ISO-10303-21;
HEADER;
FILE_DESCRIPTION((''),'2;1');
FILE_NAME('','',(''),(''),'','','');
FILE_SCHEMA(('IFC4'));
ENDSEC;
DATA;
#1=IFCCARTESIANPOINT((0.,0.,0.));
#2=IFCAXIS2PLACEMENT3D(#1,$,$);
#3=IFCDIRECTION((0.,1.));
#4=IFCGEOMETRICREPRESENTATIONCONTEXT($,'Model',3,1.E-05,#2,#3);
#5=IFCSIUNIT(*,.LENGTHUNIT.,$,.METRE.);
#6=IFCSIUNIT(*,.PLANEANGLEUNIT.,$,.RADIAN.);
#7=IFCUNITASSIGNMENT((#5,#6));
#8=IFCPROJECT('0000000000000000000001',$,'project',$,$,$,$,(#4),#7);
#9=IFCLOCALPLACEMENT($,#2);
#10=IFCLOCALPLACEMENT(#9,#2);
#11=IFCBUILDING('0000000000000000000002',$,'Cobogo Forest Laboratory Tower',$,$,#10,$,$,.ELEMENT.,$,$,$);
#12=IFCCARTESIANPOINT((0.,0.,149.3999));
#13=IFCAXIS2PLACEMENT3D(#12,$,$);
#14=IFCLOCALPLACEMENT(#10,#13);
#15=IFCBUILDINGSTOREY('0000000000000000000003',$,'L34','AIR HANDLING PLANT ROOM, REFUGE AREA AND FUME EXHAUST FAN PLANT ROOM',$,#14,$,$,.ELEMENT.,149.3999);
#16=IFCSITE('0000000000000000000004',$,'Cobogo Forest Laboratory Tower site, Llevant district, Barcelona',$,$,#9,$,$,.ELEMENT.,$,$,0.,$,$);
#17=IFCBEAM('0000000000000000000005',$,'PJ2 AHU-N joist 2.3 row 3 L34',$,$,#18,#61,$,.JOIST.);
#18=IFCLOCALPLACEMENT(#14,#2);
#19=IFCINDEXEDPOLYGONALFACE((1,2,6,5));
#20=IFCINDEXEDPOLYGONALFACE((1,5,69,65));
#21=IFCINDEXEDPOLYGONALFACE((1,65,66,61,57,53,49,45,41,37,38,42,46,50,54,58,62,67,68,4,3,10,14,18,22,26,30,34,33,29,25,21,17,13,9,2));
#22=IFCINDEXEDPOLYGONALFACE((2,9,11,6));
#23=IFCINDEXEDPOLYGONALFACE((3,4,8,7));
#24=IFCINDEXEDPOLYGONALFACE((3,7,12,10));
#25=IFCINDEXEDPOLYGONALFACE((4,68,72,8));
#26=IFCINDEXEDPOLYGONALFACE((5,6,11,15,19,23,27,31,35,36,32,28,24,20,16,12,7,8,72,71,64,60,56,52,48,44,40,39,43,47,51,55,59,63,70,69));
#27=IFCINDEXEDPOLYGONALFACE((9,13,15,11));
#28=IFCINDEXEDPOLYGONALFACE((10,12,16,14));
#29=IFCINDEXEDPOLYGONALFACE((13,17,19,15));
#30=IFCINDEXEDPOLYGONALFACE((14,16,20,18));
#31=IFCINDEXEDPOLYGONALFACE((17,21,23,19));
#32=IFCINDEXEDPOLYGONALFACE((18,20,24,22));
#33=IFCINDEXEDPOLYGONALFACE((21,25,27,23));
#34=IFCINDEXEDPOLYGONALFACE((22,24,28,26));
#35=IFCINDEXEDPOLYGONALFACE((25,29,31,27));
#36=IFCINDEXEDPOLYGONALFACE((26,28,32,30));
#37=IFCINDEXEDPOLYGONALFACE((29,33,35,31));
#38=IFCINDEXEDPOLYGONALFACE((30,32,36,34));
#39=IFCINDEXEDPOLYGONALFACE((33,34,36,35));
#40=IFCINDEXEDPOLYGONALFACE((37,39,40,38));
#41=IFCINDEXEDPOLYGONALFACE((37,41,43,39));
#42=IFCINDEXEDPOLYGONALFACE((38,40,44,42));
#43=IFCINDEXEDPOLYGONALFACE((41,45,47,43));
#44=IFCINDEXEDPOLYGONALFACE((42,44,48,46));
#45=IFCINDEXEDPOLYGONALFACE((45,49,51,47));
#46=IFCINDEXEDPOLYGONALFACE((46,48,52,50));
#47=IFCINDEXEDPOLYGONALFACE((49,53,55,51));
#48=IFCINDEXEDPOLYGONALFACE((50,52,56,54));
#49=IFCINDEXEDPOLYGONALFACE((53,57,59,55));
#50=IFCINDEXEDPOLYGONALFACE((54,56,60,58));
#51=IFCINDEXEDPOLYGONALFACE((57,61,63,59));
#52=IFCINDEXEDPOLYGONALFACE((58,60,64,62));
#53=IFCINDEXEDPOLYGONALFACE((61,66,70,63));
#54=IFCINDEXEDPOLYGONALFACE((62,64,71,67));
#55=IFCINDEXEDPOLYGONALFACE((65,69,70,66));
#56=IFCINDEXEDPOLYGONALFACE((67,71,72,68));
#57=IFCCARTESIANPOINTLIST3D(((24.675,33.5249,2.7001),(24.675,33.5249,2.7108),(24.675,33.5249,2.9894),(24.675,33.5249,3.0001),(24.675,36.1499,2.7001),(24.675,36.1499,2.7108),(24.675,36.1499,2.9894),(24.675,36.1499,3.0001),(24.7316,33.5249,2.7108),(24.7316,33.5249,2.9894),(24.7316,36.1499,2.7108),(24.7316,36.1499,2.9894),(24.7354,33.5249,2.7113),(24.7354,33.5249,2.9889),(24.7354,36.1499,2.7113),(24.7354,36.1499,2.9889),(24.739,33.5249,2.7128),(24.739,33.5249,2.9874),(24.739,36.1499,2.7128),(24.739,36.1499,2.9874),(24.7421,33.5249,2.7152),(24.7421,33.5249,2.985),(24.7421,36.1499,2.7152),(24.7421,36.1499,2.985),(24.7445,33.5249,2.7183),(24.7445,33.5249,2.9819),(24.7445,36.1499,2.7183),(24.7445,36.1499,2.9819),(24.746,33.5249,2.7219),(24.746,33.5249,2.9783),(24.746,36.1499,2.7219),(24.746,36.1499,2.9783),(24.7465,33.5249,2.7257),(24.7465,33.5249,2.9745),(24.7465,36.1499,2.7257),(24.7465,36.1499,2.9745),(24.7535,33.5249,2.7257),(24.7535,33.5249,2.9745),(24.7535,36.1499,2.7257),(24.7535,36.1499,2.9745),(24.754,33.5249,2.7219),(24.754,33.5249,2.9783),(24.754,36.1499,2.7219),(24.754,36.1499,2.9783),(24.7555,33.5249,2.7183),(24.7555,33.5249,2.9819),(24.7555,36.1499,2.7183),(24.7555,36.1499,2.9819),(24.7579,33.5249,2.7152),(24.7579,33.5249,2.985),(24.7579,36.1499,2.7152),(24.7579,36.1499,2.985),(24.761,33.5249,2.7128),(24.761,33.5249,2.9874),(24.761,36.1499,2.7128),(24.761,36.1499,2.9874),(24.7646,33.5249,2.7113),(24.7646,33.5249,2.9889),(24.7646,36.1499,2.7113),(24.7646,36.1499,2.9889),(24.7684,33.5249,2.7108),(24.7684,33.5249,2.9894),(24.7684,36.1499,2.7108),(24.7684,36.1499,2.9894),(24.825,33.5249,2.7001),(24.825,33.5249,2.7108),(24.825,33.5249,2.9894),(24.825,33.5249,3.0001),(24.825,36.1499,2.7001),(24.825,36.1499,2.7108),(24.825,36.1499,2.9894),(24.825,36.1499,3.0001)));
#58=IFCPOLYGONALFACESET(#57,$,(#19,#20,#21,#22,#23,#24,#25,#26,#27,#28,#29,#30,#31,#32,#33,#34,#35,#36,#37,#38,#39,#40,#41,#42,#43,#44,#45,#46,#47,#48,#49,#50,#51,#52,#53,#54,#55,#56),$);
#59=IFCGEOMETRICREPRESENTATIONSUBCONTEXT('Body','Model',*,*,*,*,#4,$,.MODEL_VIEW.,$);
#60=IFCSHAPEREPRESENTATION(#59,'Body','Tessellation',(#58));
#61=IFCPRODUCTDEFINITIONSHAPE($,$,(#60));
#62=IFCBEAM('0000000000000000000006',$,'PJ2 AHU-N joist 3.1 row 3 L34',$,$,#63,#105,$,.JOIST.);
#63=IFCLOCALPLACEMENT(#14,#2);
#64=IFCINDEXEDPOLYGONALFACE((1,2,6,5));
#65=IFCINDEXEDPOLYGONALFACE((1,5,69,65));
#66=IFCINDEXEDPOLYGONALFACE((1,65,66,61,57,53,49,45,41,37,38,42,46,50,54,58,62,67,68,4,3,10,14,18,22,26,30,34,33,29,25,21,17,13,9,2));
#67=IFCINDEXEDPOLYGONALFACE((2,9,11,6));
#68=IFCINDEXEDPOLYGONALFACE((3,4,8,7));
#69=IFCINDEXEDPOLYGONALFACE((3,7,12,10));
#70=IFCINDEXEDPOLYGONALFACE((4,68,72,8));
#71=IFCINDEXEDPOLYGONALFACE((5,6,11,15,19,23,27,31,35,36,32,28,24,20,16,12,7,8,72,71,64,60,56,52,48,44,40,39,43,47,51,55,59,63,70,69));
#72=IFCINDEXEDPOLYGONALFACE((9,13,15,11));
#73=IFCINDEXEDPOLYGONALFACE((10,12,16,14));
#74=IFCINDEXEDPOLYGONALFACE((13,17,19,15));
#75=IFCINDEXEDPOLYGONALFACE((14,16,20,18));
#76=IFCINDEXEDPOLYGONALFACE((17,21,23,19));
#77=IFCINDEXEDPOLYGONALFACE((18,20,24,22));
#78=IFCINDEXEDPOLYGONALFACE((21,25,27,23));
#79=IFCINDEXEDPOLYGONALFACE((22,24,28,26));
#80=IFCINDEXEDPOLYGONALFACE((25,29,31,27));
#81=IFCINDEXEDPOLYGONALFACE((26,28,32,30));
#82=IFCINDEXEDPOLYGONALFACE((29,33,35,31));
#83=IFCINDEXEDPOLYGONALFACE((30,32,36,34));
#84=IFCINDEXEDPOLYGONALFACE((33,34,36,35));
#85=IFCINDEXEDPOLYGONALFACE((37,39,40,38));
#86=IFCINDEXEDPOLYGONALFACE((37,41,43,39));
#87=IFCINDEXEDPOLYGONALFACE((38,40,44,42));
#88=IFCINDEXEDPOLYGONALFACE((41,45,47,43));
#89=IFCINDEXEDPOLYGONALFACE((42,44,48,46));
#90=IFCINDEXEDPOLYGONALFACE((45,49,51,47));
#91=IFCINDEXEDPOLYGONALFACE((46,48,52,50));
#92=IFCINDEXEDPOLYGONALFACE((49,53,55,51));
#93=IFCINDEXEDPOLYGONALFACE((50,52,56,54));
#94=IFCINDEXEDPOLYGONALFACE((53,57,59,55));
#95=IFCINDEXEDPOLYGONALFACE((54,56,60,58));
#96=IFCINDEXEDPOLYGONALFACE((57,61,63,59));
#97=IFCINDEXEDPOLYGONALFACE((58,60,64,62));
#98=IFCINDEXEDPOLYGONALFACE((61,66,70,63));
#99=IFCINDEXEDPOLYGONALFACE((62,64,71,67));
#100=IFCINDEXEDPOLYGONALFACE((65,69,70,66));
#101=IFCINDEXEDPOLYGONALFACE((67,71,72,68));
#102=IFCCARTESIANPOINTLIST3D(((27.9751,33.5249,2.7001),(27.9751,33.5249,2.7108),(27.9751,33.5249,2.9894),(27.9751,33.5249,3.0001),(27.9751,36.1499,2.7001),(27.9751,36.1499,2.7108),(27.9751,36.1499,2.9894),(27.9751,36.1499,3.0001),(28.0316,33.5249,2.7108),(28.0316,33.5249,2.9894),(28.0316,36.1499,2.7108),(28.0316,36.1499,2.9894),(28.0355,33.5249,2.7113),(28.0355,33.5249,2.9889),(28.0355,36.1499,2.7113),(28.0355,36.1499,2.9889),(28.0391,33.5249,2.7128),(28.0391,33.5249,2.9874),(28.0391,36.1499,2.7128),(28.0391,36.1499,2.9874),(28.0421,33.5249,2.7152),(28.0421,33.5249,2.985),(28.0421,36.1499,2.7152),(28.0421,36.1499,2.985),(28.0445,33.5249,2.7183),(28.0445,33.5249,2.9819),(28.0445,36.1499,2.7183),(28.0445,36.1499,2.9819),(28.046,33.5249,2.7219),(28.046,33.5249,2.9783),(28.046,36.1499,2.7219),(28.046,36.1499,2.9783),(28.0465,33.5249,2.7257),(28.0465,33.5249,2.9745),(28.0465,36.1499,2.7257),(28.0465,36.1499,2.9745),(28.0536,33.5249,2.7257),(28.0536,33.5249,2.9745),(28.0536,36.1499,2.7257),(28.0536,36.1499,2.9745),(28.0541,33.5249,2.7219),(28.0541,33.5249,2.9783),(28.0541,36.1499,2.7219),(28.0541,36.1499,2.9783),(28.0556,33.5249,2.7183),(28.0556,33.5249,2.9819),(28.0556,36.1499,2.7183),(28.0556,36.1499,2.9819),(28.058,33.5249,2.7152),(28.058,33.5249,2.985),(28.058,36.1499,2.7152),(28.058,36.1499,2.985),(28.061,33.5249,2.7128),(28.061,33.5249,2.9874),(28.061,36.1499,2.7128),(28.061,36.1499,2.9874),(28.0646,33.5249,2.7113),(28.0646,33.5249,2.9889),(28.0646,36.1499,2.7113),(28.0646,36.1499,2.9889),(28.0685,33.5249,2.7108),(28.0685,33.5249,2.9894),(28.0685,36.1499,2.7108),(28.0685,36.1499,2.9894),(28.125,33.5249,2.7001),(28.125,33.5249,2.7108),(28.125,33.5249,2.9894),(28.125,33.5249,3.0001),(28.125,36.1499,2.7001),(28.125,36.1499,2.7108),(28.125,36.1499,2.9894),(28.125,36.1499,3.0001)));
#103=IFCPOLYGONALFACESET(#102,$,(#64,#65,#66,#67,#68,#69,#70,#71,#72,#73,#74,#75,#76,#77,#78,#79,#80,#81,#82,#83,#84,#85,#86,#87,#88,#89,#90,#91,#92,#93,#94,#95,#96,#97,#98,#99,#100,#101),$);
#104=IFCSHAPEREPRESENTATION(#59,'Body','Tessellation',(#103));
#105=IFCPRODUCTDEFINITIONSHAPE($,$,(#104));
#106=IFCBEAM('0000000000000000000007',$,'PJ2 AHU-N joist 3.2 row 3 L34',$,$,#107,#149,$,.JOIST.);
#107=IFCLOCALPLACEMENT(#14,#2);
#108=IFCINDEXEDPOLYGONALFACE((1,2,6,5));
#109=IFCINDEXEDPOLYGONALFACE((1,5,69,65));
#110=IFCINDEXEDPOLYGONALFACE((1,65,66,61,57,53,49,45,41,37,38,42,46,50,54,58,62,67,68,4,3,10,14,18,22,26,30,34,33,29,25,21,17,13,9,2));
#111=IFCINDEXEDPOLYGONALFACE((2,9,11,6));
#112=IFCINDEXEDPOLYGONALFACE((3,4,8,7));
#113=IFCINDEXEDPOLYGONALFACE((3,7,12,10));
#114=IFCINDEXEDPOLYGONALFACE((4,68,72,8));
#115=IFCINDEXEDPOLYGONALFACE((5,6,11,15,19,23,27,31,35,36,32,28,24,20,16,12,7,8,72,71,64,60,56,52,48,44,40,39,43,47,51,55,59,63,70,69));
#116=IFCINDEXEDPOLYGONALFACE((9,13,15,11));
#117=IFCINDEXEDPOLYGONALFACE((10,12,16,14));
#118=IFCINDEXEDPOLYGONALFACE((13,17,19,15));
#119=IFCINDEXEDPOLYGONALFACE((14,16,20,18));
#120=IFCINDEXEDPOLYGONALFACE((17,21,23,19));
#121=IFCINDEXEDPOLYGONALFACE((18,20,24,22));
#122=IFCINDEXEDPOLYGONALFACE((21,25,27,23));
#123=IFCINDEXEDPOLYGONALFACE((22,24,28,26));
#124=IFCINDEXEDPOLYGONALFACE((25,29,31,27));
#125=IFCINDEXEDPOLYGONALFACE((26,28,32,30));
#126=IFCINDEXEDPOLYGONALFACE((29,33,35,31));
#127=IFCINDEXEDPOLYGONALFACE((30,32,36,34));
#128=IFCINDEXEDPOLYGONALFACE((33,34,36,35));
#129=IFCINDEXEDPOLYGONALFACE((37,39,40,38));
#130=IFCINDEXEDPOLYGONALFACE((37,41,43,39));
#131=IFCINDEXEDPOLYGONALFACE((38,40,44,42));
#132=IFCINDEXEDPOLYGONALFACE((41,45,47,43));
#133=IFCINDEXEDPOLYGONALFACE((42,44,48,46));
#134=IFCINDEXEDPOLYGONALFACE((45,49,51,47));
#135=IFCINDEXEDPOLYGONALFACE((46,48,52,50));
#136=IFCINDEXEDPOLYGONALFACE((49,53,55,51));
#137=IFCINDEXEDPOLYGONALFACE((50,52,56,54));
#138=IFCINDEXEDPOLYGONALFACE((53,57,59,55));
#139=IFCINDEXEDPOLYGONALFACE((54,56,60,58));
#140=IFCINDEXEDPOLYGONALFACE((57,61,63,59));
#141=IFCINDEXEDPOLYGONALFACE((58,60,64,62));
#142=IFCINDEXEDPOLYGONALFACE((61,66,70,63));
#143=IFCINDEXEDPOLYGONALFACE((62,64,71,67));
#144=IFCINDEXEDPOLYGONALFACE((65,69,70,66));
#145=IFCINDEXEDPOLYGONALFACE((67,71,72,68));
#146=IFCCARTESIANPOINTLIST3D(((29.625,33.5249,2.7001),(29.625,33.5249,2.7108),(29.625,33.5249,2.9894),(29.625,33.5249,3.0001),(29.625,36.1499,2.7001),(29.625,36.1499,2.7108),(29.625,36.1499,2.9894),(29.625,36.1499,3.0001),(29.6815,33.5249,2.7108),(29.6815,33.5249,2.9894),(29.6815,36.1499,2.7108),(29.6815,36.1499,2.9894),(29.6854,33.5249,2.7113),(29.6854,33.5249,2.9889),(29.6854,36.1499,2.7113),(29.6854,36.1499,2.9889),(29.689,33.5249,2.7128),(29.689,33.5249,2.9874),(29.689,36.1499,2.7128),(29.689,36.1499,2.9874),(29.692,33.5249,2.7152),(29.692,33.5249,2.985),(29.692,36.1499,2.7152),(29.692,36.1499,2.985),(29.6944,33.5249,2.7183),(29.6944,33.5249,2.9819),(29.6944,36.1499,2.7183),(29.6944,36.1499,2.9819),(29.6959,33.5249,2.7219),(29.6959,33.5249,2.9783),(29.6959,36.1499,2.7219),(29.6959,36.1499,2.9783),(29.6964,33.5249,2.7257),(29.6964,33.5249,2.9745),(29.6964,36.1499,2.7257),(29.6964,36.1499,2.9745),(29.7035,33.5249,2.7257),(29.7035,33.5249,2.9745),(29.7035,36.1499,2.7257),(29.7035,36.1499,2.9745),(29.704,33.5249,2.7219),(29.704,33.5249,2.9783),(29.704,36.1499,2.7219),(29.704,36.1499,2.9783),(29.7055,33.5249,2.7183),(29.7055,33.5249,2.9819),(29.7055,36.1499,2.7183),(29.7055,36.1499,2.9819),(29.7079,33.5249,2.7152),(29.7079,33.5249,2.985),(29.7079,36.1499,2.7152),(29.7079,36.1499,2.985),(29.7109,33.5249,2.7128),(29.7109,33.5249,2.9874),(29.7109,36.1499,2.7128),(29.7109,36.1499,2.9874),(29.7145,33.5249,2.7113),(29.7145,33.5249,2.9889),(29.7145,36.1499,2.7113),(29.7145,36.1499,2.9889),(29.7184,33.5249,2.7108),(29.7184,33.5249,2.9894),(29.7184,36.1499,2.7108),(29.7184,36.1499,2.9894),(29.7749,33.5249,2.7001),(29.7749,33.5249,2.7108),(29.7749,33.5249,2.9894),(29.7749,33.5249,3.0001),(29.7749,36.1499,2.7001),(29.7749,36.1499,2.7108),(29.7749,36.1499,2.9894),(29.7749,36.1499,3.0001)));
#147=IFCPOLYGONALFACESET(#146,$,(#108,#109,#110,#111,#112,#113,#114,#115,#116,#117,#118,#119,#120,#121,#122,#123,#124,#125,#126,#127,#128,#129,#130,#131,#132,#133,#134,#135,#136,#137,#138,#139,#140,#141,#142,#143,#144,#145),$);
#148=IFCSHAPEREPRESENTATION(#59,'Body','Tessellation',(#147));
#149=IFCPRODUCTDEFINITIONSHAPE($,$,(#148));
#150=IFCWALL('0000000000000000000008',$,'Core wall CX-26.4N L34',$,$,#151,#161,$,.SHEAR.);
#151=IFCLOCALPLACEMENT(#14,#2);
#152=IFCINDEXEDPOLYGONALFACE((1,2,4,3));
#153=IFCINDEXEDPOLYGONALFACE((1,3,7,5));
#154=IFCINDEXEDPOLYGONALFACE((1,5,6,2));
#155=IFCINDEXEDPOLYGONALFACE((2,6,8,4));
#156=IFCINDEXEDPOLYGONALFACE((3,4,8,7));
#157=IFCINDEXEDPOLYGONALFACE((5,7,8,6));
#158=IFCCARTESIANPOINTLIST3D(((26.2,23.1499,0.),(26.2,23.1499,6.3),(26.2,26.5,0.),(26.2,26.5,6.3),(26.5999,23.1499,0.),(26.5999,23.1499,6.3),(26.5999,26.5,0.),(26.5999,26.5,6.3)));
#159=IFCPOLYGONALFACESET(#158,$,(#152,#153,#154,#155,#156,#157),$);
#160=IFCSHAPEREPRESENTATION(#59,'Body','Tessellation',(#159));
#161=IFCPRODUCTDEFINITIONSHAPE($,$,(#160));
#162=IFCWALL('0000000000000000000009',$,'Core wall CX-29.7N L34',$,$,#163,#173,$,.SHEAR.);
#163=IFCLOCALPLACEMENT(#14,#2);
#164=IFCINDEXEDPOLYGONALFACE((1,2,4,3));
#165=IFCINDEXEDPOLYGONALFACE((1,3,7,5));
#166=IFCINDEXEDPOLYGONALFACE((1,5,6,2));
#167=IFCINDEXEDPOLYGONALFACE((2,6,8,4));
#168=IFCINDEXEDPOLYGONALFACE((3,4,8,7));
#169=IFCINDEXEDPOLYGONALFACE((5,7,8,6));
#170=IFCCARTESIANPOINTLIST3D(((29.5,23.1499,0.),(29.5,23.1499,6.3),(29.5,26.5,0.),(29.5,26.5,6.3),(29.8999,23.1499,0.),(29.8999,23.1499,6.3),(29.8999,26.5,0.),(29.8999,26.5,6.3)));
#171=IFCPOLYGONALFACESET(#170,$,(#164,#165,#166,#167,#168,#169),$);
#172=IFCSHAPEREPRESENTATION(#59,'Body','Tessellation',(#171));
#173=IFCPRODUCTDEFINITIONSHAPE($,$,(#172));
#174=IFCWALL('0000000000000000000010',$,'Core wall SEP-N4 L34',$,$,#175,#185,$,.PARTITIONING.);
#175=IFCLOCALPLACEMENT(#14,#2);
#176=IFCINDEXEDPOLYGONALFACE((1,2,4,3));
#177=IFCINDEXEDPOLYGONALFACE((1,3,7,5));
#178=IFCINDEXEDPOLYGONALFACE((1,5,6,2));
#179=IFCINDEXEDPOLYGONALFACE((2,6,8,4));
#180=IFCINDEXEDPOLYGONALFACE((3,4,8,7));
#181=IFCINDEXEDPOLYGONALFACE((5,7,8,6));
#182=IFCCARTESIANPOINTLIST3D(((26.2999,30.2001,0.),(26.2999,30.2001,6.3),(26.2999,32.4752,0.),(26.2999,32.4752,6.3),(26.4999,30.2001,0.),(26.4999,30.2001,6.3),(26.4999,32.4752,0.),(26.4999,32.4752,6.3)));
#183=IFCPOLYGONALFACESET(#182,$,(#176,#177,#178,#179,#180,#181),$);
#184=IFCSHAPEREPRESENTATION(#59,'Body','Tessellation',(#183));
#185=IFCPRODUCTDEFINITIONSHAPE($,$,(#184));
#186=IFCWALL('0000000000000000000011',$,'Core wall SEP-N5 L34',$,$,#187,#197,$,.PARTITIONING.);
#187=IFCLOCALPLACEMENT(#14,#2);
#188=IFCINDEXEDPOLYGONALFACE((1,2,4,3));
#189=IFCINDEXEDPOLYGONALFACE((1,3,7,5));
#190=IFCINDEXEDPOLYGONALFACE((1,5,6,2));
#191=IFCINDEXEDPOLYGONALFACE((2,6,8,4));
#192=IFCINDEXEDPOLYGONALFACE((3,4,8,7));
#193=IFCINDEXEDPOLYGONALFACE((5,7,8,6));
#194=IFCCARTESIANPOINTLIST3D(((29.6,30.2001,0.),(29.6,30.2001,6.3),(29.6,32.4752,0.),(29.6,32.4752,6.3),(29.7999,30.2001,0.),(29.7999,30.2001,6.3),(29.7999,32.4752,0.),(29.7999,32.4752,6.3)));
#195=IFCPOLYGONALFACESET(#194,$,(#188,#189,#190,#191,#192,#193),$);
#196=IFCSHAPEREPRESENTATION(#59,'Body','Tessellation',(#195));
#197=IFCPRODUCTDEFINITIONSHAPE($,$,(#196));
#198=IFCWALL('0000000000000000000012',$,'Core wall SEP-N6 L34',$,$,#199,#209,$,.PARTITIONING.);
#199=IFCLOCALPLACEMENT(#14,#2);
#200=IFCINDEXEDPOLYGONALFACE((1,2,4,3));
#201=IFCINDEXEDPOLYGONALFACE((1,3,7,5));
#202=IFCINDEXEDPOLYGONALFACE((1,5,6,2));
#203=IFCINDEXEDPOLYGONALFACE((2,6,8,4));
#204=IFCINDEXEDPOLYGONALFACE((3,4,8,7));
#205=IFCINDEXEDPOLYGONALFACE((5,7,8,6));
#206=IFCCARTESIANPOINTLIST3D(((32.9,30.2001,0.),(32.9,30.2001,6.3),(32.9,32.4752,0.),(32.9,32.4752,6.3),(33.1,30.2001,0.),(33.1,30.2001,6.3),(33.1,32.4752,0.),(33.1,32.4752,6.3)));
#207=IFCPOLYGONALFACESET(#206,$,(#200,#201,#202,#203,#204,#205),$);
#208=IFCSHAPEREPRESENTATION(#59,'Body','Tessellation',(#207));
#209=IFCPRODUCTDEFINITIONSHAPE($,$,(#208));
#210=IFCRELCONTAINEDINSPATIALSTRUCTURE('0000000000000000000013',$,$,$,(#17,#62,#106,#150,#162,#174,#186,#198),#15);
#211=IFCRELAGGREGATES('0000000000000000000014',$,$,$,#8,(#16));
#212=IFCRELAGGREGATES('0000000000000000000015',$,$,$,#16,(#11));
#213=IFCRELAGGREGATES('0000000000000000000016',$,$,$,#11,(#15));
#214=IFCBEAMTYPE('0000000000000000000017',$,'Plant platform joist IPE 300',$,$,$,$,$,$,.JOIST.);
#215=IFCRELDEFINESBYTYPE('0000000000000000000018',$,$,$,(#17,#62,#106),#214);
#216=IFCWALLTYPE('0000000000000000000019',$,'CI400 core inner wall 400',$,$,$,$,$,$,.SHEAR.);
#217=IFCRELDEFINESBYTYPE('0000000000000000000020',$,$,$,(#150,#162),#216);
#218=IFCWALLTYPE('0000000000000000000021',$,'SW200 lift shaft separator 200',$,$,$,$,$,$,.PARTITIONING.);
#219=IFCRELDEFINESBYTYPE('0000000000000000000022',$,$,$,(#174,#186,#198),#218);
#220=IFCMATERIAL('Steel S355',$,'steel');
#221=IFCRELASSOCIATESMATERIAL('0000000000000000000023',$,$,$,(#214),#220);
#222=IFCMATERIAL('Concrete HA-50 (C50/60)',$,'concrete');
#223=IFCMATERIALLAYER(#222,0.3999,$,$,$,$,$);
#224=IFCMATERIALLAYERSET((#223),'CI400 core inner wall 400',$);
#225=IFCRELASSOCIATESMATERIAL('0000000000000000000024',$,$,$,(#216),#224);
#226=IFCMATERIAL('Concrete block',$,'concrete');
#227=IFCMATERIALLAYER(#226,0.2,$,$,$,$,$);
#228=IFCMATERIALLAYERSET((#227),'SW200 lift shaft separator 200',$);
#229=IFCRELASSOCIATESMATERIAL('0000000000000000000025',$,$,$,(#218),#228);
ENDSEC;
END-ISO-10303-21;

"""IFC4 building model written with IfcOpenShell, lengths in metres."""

from ifc_helpers import new_model, si_unit, direction, frame, frame_2d, origin, origin_2d, place, context, subcontext, project, spatial, rectangle, i_section, extrude, material, layer, layer_set, material_profile, profile_set, type_object, element, save


model = new_model("IFC4")

# Units and contexts
model_context = context("Model", 3, precision=1e-05, world=origin(), true_north=direction((0.0, 1.0)))
body_context = subcontext(model_context, "Body", "Model", "MODEL_VIEW")
ifc_project = project(units=[si_unit("LENGTHUNIT", "METRE"), si_unit("PLANEANGLEUNIT", "RADIAN")], contexts=[model_context])

# Site, building, storey
site_placement = place(None, origin())
site = spatial("IfcSite", under=ifc_project, at=site_placement, Name="Cobogo Forest Laboratory Tower site, Llevant district, Barcelona", CompositionType="ELEMENT", RefElevation=0.0)
building_placement = place(site_placement, origin())
building = spatial("IfcBuilding", under=site, at=building_placement, Name="Cobogo Forest Laboratory Tower", CompositionType="ELEMENT")
storey_placement = place(building_placement, frame((0.0, 0.0, 149.3999)))
storey = spatial("IfcBuildingStorey", under=building, at=storey_placement, Name="L34", Description="AIR HANDLING PLANT ROOM, REFUGE AREA AND FUME EXHAUST FAN PLANT ROOM", CompositionType="ELEMENT", Elevation=149.3999)

# Shared definitions
ifc_material_1 = material(Name="Steel S355", Category="steel")

# Beams
ifc_material_profile_1 = material_profile(ifc_material_1, i_section(OverallWidth=0.1499, OverallDepth=0.3, WebThickness=0.0071, FlangeThickness=0.0107, FilletRadius=0.0149, at=origin_2d()), Name="IPE 300")
ifc_profile_set_1 = profile_set([ifc_material_profile_1], Name="Steel S355")
beam_type_1 = type_object("IfcBeamType", Name="Plant platform joist IPE 300", PredefinedType="JOIST", material=ifc_profile_set_1)
for number, where, z_axis, x_axis, name in (
    (1, (24.75, 36.1499, 2.8501), (0.0, -1.0, 0.0), (1.0, 0.0, 0.0), "PJ2 AHU-N joist 2.3 row 3 L34"),
    (2, (28.05, 36.1499, 2.8501), (0.0, -1.0, 0.0), (1.0, 0.0, 0.0), "PJ2 AHU-N joist 3.1 row 3 L34"),
    (3, (29.7, 36.1499, 2.8501), (0.0, -1.0, 0.0), (1.0, 0.0, 0.0), "PJ2 AHU-N joist 3.2 row 3 L34"),
):
    element("IfcBeam", number, at=place(storey_placement, frame(where, z_axis=z_axis, x_axis=x_axis)), inside=storey, type_object=beam_type_1, Name=name, PredefinedType="JOIST", context=body_context, shape_type="SweptSolid", body=[
        extrude(i_section(OverallWidth=0.1499, OverallDepth=0.3, WebThickness=0.0071, FlangeThickness=0.0107, FilletRadius=0.0149, at=origin_2d()), origin(), (0.0, 0.0, 1.0), 2.625),
    ])

# Walls
ifc_material_2 = material(Name="Concrete HA-50 (C50/60)", Category="concrete")
ifc_layer_1 = layer(ifc_material_2, 0.3999)
ifc_layer_set_1 = layer_set([ifc_layer_1], Name="CI400 core inner wall 400")
wall_type_1 = type_object("IfcWallType", Name="CI400 core inner wall 400", PredefinedType="SHEAR", material=ifc_layer_set_1)
for number, where, z_axis, x_axis, name in (
    (4, (26.3999, 23.1499, 0.0), (0.0, 0.0, 1.0), (0.0, 1.0, 0.0), "Core wall CX-26.4N L34"),
    (5, (29.7, 23.1499, 0.0), (0.0, 0.0, 1.0), (0.0, 1.0, 0.0), "Core wall CX-29.7N L34"),
):
    element("IfcWall", number, at=place(storey_placement, frame(where, z_axis=z_axis, x_axis=x_axis)), inside=storey, type_object=wall_type_1, Name=name, PredefinedType="SHEAR", context=body_context, shape_type="SweptSolid", body=[
        extrude(rectangle(XDim=3.3501, YDim=0.3999, at=frame_2d((1.675, 0.0))), origin(), (0.0, 0.0, 1.0), 6.3),
    ])

# Walls
ifc_material_3 = material(Name="Concrete block", Category="concrete")
ifc_layer_2 = layer(ifc_material_3, 0.2)
ifc_layer_set_2 = layer_set([ifc_layer_2], Name="SW200 lift shaft separator 200")
wall_type_2 = type_object("IfcWallType", Name="SW200 lift shaft separator 200", PredefinedType="PARTITIONING", material=ifc_layer_set_2)
for number, where, z_axis, x_axis, name in (
    (6, (26.3999, 30.2, 0.0), (0.0, 0.0, 1.0), (0.0, 1.0, 0.0), "Core wall SEP-N4 L34"),
    (7, (29.7, 30.2, 0.0), (0.0, 0.0, 1.0), (0.0, 1.0, 0.0), "Core wall SEP-N5 L34"),
    (8, (33.0, 30.2, 0.0), (0.0, 0.0, 1.0), (0.0, 1.0, 0.0), "Core wall SEP-N6 L34"),
):
    element("IfcWall", number, at=place(storey_placement, frame(where, z_axis=z_axis, x_axis=x_axis)), inside=storey, type_object=wall_type_2, Name=name, PredefinedType="PARTITIONING", context=body_context, shape_type="SweptSolid", body=[
        extrude(rectangle(XDim=2.2751, YDim=0.2, at=frame_2d((1.1377, 0.0))), origin(), (0.0, 0.0, 1.0), 6.3),
    ])

save(model, "model.ifc")
